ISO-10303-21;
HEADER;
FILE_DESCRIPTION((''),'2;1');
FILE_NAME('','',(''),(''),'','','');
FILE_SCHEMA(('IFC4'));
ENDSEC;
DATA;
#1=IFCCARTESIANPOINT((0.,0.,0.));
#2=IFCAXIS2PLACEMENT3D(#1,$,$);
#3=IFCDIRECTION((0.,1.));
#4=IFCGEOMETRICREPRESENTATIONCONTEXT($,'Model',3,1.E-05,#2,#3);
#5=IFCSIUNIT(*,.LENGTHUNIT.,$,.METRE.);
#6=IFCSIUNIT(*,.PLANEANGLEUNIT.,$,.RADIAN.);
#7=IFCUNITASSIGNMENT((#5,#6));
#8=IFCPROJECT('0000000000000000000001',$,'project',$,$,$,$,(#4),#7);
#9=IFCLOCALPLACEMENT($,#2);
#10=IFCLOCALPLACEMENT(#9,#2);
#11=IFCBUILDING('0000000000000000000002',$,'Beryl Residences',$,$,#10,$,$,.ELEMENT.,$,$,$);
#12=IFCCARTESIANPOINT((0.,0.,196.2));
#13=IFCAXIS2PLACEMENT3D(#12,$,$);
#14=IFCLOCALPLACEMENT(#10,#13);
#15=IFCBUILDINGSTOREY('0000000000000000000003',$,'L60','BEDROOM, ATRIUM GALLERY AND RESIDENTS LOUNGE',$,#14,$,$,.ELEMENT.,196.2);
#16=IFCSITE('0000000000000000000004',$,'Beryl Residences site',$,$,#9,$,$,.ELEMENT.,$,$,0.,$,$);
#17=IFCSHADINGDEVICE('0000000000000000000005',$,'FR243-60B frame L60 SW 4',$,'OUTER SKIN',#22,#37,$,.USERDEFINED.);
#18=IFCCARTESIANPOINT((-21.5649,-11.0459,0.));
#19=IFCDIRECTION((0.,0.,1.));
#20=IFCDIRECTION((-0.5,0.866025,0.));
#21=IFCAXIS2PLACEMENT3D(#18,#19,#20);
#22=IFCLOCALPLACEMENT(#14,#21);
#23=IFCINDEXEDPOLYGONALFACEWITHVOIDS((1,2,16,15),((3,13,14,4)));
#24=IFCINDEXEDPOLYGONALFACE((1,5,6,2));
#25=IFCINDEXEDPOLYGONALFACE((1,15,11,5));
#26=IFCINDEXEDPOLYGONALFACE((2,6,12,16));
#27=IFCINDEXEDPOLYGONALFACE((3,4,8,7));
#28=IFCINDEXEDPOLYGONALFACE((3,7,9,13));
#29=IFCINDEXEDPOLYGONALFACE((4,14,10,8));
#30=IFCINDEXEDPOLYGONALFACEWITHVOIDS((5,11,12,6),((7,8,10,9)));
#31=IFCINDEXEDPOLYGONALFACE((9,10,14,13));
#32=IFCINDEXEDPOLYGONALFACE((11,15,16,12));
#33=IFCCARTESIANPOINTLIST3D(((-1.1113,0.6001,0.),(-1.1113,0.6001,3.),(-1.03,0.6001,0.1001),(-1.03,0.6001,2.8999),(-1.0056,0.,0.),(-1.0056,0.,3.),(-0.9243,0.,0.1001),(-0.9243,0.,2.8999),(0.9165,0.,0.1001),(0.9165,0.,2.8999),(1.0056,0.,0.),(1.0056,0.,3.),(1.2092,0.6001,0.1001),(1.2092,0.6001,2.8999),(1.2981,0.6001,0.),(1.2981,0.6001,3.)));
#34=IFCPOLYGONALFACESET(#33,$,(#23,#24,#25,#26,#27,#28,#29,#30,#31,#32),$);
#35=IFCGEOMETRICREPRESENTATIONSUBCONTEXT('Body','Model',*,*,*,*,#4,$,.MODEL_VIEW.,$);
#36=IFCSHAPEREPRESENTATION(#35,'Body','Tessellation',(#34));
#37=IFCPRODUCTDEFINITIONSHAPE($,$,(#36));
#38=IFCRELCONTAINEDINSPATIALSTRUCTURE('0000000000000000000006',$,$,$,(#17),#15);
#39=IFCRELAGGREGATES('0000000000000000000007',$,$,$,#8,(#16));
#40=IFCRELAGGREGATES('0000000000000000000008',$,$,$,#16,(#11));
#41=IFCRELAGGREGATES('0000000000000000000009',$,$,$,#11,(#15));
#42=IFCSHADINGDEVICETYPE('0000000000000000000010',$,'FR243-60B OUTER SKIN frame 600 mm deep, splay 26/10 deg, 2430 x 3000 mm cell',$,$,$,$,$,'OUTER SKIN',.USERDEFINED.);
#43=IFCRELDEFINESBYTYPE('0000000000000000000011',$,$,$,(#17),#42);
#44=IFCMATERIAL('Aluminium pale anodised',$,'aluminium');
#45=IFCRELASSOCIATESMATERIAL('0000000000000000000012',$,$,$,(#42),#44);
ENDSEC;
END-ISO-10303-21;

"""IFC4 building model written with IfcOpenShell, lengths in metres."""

from ifc_helpers import new_model, entity, si_unit, direction, frame, origin, place, context, subcontext, project, spatial, source, transform, mapped, material, type_object, type_shapes, element, save


model = new_model("IFC4")

# Units and contexts
model_context = context("Model", 3, precision=1e-05, world=origin(), true_north=direction((0.0, 1.0)))
body_context = subcontext(model_context, "Body", "Model", "MODEL_VIEW")
ifc_project = project(units=[si_unit("LENGTHUNIT", "METRE"), si_unit("PLANEANGLEUNIT", "RADIAN")], contexts=[model_context])

# Site, building, storey
site_placement = place(None, origin())
site = spatial("IfcSite", under=ifc_project, at=site_placement, Name="Beryl Residences site", CompositionType="ELEMENT", RefElevation=0.0)
building_placement = place(site_placement, origin())
building = spatial("IfcBuilding", under=site, at=building_placement, Name="Beryl Residences", CompositionType="ELEMENT")
storey_placement = place(building_placement, frame((0.0, 0.0, 196.2)))
storey = spatial("IfcBuildingStorey", under=building, at=storey_placement, Name="L60", Description="BEDROOM, ATRIUM GALLERY AND RESIDENTS LOUNGE", CompositionType="ELEMENT", Elevation=196.2)

# Shading device
ifc_material_1 = material(Name="Aluminium pale anodised", Category="aluminium")
shading_device_type = type_object("IfcShadingDeviceType", Name="FR243-60B OUTER SKIN frame 600 mm deep, splay 26/10 deg, 2430 x 3000 mm cell", ElementType="OUTER SKIN", PredefinedType="USERDEFINED", material=ifc_material_1)
cartesian_point_1 = entity("IfcCartesianPoint", [-1.0056, 0.0])
cartesian_point_2 = entity("IfcCartesianPoint", [-0.9165, 0.1001])
cartesian_point_3 = entity("IfcCartesianPoint", [-1.2981, 0.0])
cartesian_point_4 = entity("IfcCartesianPoint", [-1.2092, 0.1001])
shared_shape = source(origin(), body_context, "Body", "SweptSolid", [
    entity("IfcExtrudedAreaSolidTapered", entity("IfcArbitraryProfileDefWithVoids", "AREA", None, entity("IfcPolyline", [cartesian_point_1, entity("IfcCartesianPoint", [1.0056, 0.0]), entity("IfcCartesianPoint", [1.0056, 3.0]), entity("IfcCartesianPoint", [-1.0056, 3.0]), cartesian_point_1]), [entity("IfcPolyline", [cartesian_point_2, entity("IfcCartesianPoint", [0.9243, 0.1001]), entity("IfcCartesianPoint", [0.9243, 2.8999]), entity("IfcCartesianPoint", [-0.9165, 2.8999]), cartesian_point_2])]), entity("IfcAxis2Placement3D", entity("IfcCartesianPoint", [0.0, 0.0, 0.0]), entity("IfcDirection", [0.0, 1.0, 0.0]), entity("IfcDirection", [-1.0, 0.0, 0.0])), entity("IfcDirection", [0.0, 0.0, 1.0]), 0.6001, entity("IfcArbitraryProfileDefWithVoids", "AREA", None, entity("IfcPolyline", [cartesian_point_3, entity("IfcCartesianPoint", [1.1113, 0.0]), entity("IfcCartesianPoint", [1.1113, 3.0]), entity("IfcCartesianPoint", [-1.2981, 3.0]), cartesian_point_3]), [entity("IfcPolyline", [cartesian_point_4, entity("IfcCartesianPoint", [1.03, 0.1001]), entity("IfcCartesianPoint", [1.03, 2.8999]), entity("IfcCartesianPoint", [-1.2092, 2.8999]), cartesian_point_4])])),
])
type_shapes(shading_device_type, [shared_shape])
shading_device_placement = place(storey_placement, frame((-21.5649, -11.0459, 0.0), z_axis=(0.0, 0.0, 1.0), x_axis=(-0.5, 0.866025, 0.0)))
element("IfcShadingDevice", 1, at=shading_device_placement, inside=storey, type_object=shading_device_type, Name="FR243-60B frame L60 SW 4", ObjectType="OUTER SKIN", PredefinedType="USERDEFINED", context=body_context, shape_type="MappedRepresentation", body=[
    mapped(shared_shape, transform((0.0, 0.0, 0.0))),
])

save(model, "model.ifc")
